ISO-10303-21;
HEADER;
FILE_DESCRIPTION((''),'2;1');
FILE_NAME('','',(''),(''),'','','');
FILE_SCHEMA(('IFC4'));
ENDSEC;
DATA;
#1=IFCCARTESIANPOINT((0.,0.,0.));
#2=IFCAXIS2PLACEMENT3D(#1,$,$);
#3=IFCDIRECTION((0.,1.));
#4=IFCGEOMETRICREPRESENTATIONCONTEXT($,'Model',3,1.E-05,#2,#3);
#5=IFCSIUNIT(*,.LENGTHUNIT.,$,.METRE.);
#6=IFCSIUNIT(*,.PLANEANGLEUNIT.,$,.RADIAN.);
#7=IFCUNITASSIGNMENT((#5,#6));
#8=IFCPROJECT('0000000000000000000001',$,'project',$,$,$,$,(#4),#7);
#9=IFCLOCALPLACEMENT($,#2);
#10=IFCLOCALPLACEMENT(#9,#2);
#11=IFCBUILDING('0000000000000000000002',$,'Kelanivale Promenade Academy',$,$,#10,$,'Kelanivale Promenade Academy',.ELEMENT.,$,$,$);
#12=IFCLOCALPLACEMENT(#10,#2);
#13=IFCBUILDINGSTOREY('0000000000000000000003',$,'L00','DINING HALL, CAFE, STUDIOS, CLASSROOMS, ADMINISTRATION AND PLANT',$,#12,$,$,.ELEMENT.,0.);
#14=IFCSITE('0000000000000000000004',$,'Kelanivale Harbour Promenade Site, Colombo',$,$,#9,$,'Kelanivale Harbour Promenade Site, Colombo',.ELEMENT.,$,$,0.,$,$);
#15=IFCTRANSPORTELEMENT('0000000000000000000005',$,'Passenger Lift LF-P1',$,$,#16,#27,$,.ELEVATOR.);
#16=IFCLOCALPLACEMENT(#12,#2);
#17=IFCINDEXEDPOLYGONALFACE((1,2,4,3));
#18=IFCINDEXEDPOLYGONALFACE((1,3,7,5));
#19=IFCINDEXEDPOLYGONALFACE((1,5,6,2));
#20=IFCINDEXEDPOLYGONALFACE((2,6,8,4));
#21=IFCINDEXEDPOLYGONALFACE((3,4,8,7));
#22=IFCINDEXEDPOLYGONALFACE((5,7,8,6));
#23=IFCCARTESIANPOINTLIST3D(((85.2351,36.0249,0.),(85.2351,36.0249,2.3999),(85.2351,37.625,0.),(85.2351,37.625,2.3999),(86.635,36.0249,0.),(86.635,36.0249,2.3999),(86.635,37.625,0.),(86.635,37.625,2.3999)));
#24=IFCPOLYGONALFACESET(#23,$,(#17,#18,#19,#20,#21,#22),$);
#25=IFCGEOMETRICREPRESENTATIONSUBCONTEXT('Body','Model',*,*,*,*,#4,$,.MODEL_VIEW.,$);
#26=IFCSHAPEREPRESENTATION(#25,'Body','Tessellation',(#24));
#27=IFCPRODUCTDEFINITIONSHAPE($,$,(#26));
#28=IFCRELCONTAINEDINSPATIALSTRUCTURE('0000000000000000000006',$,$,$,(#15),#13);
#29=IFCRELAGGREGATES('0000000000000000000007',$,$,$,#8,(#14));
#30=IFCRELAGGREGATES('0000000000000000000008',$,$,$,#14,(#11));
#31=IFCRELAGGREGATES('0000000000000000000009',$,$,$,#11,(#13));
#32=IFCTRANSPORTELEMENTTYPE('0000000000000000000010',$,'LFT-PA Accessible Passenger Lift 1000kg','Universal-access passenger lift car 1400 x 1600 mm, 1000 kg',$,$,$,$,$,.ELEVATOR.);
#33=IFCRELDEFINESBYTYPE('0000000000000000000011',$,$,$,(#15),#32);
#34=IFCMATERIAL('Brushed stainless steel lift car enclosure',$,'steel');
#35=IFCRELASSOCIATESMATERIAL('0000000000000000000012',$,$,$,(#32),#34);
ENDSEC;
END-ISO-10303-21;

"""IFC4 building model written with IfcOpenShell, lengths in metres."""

from ifc_helpers import new_model, si_unit, direction, frame, origin, origin_2d, place, context, subcontext, project, spatial, rectangle, extrude, material, type_object, element, save


model = new_model("IFC4")

# Units and contexts
model_context = context("Model", 3, precision=1e-05, world=origin(), true_north=direction((0.0, 1.0)))
body_context = subcontext(model_context, "Body", "Model", "MODEL_VIEW")
ifc_project = project(units=[si_unit("LENGTHUNIT", "METRE"), si_unit("PLANEANGLEUNIT", "RADIAN")], contexts=[model_context])

# Site, building, storey
site_placement = place(None, origin())
site = spatial("IfcSite", under=ifc_project, at=site_placement, Name="Kelanivale Harbour Promenade Site, Colombo", LongName="Kelanivale Harbour Promenade Site, Colombo", CompositionType="ELEMENT", RefElevation=0.0)
building_placement = place(site_placement, origin())
building = spatial("IfcBuilding", under=site, at=building_placement, Name="Kelanivale Promenade Academy", LongName="Kelanivale Promenade Academy", CompositionType="ELEMENT")
storey_placement = place(building_placement, origin())
storey = spatial("IfcBuildingStorey", under=building, at=storey_placement, Name="L00", Description="DINING HALL, CAFE, STUDIOS, CLASSROOMS, ADMINISTRATION AND PLANT", CompositionType="ELEMENT", Elevation=0.0)

# Transport element
ifc_material_1 = material(Name="Brushed stainless steel lift car enclosure", Category="steel")
transport_element_type = type_object("IfcTransportElementType", Name="LFT-PA Accessible Passenger Lift 1000kg", Description="Universal-access passenger lift car 1400 x 1600 mm, 1000 kg", PredefinedType="ELEVATOR", material=ifc_material_1)
transport_element_placement = place(storey_placement, frame((85.9351, 36.825, 0.0), z_axis=(0.0, 0.0, 1.0), x_axis=(1.0, 0.0, 0.0)))
element("IfcTransportElement", 1, at=transport_element_placement, inside=storey, type_object=transport_element_type, Name="Passenger Lift LF-P1", PredefinedType="ELEVATOR", context=body_context, shape_type="SweptSolid", body=[
    extrude(rectangle(XDim=1.3999, YDim=1.6001, at=origin_2d()), origin(), (0.0, 0.0, 1.0), 2.3999),
])

save(model, "model.ifc")
